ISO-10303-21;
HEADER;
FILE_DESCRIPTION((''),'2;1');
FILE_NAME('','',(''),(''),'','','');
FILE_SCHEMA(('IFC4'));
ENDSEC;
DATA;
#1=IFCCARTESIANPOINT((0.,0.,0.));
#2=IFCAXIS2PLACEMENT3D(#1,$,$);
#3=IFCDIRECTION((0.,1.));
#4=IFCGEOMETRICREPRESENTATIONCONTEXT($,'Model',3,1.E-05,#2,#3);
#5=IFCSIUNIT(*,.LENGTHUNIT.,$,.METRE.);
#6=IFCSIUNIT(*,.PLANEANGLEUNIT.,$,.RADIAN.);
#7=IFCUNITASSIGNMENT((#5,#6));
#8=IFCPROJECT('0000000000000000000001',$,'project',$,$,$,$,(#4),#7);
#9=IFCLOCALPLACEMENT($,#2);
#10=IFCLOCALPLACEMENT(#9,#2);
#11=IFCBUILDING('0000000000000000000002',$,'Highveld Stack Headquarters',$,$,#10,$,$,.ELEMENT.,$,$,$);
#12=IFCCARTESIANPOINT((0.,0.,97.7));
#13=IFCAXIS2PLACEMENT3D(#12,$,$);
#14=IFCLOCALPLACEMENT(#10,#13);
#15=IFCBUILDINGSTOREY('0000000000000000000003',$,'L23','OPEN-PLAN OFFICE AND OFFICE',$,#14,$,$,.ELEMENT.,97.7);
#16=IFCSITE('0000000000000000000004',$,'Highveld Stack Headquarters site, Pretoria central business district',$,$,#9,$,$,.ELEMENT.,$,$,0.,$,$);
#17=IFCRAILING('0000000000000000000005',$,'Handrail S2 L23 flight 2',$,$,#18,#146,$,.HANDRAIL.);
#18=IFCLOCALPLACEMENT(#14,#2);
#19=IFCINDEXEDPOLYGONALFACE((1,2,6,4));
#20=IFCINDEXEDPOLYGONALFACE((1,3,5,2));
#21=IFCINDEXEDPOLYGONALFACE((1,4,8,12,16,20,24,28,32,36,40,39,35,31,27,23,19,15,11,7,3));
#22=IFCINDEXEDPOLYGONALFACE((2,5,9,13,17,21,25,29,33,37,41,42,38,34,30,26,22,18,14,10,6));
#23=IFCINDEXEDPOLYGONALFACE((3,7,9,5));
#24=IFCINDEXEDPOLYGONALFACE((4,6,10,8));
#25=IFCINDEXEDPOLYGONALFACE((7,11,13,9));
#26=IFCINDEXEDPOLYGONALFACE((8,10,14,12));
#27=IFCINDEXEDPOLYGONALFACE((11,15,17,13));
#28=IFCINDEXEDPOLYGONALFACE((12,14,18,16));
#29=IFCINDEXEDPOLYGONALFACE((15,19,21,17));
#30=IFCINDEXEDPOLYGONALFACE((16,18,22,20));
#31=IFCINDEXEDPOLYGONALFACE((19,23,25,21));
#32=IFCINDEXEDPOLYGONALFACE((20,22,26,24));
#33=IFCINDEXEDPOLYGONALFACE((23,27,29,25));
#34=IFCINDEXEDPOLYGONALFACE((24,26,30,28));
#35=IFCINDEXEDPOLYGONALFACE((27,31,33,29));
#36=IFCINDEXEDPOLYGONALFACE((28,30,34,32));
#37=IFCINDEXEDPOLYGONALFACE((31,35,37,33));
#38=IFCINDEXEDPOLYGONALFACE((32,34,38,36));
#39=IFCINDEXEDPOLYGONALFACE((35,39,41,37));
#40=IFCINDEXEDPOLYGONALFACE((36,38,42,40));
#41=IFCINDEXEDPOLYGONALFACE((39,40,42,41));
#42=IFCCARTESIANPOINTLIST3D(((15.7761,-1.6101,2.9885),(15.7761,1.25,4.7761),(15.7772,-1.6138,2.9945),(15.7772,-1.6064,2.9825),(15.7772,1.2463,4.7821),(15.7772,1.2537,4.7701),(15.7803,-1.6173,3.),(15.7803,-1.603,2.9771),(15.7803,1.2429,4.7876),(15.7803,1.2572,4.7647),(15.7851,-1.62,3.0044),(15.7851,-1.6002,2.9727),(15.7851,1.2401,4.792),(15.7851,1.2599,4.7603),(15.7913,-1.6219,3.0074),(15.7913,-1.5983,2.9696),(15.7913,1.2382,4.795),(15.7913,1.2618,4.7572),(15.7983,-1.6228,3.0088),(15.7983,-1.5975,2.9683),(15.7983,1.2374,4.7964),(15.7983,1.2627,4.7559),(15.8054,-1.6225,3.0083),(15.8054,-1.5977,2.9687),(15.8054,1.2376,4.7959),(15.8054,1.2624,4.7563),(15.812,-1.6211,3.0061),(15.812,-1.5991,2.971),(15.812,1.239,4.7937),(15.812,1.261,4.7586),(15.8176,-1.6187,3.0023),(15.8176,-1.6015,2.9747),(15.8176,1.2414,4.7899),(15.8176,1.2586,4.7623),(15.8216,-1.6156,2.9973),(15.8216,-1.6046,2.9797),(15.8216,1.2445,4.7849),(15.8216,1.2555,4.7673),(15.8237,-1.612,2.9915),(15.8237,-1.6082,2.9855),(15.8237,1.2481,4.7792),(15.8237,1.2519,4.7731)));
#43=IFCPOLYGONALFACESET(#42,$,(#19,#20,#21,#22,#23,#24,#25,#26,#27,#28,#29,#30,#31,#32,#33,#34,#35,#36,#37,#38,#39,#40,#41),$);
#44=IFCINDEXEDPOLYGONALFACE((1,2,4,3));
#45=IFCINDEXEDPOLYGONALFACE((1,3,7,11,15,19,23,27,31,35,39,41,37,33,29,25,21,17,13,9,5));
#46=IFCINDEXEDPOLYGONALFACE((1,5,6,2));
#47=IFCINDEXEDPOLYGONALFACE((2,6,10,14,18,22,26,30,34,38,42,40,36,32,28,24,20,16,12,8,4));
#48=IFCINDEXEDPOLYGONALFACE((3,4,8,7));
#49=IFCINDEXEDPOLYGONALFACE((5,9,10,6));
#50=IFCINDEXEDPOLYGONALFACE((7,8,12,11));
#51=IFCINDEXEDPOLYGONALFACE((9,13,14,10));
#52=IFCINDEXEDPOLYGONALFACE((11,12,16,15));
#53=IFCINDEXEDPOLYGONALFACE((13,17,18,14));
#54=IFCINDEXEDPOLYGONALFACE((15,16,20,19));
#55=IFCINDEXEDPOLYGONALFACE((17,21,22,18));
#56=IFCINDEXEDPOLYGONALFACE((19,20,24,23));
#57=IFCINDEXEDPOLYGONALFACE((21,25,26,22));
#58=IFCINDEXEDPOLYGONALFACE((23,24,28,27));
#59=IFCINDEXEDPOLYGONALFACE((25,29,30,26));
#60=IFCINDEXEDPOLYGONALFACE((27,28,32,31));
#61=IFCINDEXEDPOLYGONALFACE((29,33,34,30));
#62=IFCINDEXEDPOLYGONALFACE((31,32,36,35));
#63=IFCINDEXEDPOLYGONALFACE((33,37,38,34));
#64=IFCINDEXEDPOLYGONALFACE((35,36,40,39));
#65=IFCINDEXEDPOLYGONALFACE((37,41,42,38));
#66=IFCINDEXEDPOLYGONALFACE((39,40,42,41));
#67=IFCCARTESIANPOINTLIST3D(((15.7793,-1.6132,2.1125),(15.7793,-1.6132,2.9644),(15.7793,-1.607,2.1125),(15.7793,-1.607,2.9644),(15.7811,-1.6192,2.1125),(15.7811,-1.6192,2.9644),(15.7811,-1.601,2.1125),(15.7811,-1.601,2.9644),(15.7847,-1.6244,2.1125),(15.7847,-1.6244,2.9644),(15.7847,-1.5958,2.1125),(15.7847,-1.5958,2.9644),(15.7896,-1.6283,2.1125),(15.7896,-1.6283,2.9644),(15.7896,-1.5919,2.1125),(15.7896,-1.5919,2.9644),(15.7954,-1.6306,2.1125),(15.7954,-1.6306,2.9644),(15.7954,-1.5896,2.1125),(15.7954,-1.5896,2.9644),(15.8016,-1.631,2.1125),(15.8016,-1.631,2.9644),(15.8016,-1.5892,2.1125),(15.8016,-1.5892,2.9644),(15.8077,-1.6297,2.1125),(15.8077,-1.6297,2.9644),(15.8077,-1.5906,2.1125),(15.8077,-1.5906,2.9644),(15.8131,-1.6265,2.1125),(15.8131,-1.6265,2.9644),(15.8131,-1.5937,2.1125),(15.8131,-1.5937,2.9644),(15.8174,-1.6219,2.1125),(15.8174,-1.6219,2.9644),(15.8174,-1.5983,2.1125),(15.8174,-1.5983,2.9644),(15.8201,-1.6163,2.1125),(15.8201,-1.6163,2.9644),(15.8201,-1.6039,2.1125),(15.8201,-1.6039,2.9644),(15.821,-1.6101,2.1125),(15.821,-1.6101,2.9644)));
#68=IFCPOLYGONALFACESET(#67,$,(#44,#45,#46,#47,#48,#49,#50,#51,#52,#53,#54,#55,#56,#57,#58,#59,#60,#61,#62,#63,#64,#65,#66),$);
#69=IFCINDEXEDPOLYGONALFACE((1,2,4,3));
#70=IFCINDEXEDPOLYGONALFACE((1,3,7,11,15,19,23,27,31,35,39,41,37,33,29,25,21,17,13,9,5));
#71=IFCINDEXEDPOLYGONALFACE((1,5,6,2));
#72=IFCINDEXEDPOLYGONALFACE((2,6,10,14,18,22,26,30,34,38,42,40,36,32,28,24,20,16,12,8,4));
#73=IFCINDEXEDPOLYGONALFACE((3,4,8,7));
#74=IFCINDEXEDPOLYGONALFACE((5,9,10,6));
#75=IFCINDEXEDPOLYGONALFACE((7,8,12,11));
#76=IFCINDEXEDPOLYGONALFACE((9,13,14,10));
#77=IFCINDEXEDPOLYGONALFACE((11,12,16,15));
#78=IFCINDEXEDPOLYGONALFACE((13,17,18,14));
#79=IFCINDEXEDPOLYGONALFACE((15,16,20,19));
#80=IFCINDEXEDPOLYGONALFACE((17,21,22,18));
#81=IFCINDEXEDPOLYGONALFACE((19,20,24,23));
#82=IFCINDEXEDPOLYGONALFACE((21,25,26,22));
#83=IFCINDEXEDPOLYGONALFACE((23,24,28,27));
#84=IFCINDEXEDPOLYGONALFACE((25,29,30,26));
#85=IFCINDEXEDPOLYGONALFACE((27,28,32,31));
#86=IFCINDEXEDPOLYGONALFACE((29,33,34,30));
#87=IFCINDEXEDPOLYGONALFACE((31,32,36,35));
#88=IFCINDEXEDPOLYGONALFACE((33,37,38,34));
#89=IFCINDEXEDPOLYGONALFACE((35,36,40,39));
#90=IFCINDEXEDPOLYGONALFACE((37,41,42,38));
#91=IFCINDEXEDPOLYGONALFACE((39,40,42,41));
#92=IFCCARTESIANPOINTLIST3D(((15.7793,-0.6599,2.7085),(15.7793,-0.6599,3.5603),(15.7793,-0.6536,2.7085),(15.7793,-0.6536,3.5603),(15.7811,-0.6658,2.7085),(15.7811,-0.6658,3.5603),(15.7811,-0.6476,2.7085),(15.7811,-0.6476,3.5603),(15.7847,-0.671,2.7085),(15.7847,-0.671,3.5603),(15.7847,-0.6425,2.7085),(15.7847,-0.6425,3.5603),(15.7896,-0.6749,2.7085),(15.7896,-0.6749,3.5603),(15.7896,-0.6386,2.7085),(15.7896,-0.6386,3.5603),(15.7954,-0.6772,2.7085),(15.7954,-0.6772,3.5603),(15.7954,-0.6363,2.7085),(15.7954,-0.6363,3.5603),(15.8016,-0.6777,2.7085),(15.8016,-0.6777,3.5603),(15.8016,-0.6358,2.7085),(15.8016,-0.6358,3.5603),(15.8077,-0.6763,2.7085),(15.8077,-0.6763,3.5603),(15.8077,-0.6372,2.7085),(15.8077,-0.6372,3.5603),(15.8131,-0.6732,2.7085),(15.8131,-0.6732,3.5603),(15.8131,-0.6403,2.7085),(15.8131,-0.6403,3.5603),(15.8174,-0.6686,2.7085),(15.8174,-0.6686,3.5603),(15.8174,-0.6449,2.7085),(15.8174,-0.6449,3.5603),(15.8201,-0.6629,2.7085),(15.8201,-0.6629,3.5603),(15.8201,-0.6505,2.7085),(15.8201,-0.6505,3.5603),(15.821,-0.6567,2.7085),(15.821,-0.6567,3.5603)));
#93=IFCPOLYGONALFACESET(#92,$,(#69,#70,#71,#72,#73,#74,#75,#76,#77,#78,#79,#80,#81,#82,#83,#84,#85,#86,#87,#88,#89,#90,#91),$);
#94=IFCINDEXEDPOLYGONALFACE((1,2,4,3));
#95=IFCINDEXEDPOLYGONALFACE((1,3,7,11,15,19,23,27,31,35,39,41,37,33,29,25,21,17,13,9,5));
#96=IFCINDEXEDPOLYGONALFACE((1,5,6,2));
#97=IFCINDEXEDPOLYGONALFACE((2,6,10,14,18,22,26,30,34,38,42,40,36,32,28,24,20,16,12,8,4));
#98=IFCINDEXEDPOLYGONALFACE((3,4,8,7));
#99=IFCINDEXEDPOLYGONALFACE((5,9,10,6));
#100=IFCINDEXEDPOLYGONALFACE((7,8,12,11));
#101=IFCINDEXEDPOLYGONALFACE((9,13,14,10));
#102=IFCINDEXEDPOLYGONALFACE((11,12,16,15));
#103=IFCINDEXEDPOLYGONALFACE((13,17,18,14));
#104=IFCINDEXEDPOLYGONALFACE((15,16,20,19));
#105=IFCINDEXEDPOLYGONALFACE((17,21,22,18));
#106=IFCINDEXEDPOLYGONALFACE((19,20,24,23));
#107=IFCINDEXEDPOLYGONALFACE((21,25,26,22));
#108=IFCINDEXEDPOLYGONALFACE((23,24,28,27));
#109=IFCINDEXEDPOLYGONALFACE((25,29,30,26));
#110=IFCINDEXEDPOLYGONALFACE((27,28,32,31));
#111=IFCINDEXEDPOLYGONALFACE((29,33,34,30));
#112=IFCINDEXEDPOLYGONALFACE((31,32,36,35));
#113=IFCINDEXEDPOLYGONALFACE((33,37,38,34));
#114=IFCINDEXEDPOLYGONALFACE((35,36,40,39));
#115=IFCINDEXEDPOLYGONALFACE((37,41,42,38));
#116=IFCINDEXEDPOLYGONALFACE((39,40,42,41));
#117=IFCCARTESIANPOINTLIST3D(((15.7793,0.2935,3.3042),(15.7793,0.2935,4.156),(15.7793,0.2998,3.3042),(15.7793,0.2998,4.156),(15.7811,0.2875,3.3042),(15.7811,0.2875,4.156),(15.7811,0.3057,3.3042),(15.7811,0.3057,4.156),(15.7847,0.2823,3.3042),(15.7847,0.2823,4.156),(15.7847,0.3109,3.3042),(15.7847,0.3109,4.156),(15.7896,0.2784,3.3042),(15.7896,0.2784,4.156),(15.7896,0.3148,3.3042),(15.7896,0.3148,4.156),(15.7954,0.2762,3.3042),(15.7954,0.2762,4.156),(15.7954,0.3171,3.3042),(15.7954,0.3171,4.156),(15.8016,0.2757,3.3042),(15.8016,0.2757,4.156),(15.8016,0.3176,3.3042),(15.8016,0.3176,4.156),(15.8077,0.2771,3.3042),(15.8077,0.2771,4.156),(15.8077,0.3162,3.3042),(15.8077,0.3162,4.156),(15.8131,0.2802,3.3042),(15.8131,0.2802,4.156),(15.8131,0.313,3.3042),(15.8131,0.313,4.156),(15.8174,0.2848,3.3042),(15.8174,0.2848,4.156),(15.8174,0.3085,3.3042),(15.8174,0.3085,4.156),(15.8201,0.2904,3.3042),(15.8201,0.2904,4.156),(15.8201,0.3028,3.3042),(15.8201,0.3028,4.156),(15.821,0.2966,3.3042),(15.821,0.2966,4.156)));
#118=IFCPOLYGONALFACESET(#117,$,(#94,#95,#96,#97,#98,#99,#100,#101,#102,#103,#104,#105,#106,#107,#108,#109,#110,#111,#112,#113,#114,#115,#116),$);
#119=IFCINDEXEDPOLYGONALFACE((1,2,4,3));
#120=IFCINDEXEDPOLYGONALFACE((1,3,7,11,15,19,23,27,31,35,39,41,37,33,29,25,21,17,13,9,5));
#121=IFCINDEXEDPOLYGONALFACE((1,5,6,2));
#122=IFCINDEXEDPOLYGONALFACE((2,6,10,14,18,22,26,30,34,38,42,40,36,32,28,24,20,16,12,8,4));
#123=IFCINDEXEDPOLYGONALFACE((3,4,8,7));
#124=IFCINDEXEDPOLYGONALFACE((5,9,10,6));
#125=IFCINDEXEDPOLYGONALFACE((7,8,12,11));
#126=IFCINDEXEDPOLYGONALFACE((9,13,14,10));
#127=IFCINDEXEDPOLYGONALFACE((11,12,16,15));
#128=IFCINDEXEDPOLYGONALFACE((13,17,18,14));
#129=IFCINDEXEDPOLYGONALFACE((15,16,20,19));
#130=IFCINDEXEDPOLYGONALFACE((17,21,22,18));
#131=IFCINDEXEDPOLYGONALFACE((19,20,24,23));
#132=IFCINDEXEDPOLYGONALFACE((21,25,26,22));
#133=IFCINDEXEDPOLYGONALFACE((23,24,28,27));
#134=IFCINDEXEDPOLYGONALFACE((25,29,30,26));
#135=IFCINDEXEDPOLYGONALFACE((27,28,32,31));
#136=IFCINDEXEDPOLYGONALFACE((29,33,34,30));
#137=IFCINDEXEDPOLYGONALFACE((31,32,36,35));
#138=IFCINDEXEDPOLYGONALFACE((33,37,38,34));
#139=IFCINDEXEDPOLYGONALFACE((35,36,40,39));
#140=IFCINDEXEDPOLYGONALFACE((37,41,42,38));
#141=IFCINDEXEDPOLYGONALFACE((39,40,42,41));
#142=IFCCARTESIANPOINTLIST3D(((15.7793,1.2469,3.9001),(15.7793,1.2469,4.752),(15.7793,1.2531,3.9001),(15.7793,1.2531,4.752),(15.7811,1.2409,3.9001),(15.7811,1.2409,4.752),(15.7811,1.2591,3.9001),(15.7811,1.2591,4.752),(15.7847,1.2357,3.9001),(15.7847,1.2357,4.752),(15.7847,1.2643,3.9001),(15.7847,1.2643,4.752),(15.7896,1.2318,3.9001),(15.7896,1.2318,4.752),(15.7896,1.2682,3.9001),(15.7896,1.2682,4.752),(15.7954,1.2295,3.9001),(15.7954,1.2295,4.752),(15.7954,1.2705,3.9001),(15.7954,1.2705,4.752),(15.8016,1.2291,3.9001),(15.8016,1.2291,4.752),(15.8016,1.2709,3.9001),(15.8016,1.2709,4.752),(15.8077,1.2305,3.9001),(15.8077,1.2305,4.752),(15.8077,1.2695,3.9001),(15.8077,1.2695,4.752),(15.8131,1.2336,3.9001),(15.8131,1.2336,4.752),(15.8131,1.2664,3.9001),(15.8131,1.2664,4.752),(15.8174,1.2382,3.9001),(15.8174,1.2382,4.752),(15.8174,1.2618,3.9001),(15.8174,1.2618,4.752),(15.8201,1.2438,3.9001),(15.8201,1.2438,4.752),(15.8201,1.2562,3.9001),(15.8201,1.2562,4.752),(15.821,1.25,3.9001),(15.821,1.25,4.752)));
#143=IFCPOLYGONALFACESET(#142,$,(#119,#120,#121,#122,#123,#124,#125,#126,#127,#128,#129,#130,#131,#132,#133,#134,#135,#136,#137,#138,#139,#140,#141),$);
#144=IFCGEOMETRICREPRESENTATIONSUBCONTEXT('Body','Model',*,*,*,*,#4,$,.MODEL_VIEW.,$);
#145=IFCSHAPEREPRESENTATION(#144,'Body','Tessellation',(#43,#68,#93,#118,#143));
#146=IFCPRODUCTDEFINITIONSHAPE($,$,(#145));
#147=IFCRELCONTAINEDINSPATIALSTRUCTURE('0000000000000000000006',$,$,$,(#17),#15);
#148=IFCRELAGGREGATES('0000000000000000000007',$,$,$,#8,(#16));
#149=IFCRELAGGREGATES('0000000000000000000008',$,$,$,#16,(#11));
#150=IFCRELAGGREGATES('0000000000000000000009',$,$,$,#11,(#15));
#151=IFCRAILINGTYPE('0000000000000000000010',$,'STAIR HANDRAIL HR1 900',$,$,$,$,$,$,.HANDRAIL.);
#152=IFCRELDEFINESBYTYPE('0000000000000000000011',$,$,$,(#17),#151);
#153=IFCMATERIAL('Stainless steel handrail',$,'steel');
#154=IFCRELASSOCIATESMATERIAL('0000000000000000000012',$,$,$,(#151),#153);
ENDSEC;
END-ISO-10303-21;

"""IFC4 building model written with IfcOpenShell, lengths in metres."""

from ifc_helpers import new_model, si_unit, direction, frame, origin, origin_2d, place, context, subcontext, project, spatial, circle, extrude, material, type_object, element, save


model = new_model("IFC4")

# Units and contexts
model_context = context("Model", 3, precision=1e-05, world=origin(), true_north=direction((0.0, 1.0)))
body_context = subcontext(model_context, "Body", "Model", "MODEL_VIEW")
ifc_project = project(units=[si_unit("LENGTHUNIT", "METRE"), si_unit("PLANEANGLEUNIT", "RADIAN")], contexts=[model_context])

# Site, building, storey
site_placement = place(None, origin())
site = spatial("IfcSite", under=ifc_project, at=site_placement, Name="Highveld Stack Headquarters site, Pretoria central business district", CompositionType="ELEMENT", RefElevation=0.0)
building_placement = place(site_placement, origin())
building = spatial("IfcBuilding", under=site, at=building_placement, Name="Highveld Stack Headquarters", CompositionType="ELEMENT")
storey_placement = place(building_placement, frame((0.0, 0.0, 97.7)))
storey = spatial("IfcBuildingStorey", under=building, at=storey_placement, Name="L23", Description="OPEN-PLAN OFFICE AND OFFICE", CompositionType="ELEMENT", Elevation=97.7)

# Railing
ifc_material_1 = material(Name="Stainless steel handrail", Category="steel")
railing_type = type_object("IfcRailingType", Name="STAIR HANDRAIL HR1 900", PredefinedType="HANDRAIL", material=ifc_material_1)
railing_placement = place(storey_placement, frame((15.8, -1.6101, 2.1125)))
element("IfcRailing", 1, at=railing_placement, inside=storey, type_object=railing_type, Name="Handrail S2 L23 flight 2", PredefinedType="HANDRAIL", context=body_context, shape_type="SweptSolid", body=[
    extrude(circle(Radius=0.0239, at=origin_2d()), frame((0.0, 0.0, 0.876), z_axis=(0.0, 0.847994, 0.530005), x_axis=(-1.0, 0.0, 0.0)), (0.0, 0.0, 1.0), 3.3728),
    extrude(circle(Radius=0.021, at=origin_2d()), origin(), (0.0, 0.0, 1.0), 0.8518),
    extrude(circle(Radius=0.021, at=origin_2d()), frame((0.0, 0.9534, 0.5959)), (0.0, 0.0, 1.0), 0.8518),
    extrude(circle(Radius=0.021, at=origin_2d()), frame((0.0, 1.9067, 1.1917)), (0.0, 0.0, 1.0), 0.8518),
    extrude(circle(Radius=0.021, at=origin_2d()), frame((0.0, 2.8601, 1.7876)), (0.0, 0.0, 1.0), 0.8518),
])

save(model, "model.ifc")
